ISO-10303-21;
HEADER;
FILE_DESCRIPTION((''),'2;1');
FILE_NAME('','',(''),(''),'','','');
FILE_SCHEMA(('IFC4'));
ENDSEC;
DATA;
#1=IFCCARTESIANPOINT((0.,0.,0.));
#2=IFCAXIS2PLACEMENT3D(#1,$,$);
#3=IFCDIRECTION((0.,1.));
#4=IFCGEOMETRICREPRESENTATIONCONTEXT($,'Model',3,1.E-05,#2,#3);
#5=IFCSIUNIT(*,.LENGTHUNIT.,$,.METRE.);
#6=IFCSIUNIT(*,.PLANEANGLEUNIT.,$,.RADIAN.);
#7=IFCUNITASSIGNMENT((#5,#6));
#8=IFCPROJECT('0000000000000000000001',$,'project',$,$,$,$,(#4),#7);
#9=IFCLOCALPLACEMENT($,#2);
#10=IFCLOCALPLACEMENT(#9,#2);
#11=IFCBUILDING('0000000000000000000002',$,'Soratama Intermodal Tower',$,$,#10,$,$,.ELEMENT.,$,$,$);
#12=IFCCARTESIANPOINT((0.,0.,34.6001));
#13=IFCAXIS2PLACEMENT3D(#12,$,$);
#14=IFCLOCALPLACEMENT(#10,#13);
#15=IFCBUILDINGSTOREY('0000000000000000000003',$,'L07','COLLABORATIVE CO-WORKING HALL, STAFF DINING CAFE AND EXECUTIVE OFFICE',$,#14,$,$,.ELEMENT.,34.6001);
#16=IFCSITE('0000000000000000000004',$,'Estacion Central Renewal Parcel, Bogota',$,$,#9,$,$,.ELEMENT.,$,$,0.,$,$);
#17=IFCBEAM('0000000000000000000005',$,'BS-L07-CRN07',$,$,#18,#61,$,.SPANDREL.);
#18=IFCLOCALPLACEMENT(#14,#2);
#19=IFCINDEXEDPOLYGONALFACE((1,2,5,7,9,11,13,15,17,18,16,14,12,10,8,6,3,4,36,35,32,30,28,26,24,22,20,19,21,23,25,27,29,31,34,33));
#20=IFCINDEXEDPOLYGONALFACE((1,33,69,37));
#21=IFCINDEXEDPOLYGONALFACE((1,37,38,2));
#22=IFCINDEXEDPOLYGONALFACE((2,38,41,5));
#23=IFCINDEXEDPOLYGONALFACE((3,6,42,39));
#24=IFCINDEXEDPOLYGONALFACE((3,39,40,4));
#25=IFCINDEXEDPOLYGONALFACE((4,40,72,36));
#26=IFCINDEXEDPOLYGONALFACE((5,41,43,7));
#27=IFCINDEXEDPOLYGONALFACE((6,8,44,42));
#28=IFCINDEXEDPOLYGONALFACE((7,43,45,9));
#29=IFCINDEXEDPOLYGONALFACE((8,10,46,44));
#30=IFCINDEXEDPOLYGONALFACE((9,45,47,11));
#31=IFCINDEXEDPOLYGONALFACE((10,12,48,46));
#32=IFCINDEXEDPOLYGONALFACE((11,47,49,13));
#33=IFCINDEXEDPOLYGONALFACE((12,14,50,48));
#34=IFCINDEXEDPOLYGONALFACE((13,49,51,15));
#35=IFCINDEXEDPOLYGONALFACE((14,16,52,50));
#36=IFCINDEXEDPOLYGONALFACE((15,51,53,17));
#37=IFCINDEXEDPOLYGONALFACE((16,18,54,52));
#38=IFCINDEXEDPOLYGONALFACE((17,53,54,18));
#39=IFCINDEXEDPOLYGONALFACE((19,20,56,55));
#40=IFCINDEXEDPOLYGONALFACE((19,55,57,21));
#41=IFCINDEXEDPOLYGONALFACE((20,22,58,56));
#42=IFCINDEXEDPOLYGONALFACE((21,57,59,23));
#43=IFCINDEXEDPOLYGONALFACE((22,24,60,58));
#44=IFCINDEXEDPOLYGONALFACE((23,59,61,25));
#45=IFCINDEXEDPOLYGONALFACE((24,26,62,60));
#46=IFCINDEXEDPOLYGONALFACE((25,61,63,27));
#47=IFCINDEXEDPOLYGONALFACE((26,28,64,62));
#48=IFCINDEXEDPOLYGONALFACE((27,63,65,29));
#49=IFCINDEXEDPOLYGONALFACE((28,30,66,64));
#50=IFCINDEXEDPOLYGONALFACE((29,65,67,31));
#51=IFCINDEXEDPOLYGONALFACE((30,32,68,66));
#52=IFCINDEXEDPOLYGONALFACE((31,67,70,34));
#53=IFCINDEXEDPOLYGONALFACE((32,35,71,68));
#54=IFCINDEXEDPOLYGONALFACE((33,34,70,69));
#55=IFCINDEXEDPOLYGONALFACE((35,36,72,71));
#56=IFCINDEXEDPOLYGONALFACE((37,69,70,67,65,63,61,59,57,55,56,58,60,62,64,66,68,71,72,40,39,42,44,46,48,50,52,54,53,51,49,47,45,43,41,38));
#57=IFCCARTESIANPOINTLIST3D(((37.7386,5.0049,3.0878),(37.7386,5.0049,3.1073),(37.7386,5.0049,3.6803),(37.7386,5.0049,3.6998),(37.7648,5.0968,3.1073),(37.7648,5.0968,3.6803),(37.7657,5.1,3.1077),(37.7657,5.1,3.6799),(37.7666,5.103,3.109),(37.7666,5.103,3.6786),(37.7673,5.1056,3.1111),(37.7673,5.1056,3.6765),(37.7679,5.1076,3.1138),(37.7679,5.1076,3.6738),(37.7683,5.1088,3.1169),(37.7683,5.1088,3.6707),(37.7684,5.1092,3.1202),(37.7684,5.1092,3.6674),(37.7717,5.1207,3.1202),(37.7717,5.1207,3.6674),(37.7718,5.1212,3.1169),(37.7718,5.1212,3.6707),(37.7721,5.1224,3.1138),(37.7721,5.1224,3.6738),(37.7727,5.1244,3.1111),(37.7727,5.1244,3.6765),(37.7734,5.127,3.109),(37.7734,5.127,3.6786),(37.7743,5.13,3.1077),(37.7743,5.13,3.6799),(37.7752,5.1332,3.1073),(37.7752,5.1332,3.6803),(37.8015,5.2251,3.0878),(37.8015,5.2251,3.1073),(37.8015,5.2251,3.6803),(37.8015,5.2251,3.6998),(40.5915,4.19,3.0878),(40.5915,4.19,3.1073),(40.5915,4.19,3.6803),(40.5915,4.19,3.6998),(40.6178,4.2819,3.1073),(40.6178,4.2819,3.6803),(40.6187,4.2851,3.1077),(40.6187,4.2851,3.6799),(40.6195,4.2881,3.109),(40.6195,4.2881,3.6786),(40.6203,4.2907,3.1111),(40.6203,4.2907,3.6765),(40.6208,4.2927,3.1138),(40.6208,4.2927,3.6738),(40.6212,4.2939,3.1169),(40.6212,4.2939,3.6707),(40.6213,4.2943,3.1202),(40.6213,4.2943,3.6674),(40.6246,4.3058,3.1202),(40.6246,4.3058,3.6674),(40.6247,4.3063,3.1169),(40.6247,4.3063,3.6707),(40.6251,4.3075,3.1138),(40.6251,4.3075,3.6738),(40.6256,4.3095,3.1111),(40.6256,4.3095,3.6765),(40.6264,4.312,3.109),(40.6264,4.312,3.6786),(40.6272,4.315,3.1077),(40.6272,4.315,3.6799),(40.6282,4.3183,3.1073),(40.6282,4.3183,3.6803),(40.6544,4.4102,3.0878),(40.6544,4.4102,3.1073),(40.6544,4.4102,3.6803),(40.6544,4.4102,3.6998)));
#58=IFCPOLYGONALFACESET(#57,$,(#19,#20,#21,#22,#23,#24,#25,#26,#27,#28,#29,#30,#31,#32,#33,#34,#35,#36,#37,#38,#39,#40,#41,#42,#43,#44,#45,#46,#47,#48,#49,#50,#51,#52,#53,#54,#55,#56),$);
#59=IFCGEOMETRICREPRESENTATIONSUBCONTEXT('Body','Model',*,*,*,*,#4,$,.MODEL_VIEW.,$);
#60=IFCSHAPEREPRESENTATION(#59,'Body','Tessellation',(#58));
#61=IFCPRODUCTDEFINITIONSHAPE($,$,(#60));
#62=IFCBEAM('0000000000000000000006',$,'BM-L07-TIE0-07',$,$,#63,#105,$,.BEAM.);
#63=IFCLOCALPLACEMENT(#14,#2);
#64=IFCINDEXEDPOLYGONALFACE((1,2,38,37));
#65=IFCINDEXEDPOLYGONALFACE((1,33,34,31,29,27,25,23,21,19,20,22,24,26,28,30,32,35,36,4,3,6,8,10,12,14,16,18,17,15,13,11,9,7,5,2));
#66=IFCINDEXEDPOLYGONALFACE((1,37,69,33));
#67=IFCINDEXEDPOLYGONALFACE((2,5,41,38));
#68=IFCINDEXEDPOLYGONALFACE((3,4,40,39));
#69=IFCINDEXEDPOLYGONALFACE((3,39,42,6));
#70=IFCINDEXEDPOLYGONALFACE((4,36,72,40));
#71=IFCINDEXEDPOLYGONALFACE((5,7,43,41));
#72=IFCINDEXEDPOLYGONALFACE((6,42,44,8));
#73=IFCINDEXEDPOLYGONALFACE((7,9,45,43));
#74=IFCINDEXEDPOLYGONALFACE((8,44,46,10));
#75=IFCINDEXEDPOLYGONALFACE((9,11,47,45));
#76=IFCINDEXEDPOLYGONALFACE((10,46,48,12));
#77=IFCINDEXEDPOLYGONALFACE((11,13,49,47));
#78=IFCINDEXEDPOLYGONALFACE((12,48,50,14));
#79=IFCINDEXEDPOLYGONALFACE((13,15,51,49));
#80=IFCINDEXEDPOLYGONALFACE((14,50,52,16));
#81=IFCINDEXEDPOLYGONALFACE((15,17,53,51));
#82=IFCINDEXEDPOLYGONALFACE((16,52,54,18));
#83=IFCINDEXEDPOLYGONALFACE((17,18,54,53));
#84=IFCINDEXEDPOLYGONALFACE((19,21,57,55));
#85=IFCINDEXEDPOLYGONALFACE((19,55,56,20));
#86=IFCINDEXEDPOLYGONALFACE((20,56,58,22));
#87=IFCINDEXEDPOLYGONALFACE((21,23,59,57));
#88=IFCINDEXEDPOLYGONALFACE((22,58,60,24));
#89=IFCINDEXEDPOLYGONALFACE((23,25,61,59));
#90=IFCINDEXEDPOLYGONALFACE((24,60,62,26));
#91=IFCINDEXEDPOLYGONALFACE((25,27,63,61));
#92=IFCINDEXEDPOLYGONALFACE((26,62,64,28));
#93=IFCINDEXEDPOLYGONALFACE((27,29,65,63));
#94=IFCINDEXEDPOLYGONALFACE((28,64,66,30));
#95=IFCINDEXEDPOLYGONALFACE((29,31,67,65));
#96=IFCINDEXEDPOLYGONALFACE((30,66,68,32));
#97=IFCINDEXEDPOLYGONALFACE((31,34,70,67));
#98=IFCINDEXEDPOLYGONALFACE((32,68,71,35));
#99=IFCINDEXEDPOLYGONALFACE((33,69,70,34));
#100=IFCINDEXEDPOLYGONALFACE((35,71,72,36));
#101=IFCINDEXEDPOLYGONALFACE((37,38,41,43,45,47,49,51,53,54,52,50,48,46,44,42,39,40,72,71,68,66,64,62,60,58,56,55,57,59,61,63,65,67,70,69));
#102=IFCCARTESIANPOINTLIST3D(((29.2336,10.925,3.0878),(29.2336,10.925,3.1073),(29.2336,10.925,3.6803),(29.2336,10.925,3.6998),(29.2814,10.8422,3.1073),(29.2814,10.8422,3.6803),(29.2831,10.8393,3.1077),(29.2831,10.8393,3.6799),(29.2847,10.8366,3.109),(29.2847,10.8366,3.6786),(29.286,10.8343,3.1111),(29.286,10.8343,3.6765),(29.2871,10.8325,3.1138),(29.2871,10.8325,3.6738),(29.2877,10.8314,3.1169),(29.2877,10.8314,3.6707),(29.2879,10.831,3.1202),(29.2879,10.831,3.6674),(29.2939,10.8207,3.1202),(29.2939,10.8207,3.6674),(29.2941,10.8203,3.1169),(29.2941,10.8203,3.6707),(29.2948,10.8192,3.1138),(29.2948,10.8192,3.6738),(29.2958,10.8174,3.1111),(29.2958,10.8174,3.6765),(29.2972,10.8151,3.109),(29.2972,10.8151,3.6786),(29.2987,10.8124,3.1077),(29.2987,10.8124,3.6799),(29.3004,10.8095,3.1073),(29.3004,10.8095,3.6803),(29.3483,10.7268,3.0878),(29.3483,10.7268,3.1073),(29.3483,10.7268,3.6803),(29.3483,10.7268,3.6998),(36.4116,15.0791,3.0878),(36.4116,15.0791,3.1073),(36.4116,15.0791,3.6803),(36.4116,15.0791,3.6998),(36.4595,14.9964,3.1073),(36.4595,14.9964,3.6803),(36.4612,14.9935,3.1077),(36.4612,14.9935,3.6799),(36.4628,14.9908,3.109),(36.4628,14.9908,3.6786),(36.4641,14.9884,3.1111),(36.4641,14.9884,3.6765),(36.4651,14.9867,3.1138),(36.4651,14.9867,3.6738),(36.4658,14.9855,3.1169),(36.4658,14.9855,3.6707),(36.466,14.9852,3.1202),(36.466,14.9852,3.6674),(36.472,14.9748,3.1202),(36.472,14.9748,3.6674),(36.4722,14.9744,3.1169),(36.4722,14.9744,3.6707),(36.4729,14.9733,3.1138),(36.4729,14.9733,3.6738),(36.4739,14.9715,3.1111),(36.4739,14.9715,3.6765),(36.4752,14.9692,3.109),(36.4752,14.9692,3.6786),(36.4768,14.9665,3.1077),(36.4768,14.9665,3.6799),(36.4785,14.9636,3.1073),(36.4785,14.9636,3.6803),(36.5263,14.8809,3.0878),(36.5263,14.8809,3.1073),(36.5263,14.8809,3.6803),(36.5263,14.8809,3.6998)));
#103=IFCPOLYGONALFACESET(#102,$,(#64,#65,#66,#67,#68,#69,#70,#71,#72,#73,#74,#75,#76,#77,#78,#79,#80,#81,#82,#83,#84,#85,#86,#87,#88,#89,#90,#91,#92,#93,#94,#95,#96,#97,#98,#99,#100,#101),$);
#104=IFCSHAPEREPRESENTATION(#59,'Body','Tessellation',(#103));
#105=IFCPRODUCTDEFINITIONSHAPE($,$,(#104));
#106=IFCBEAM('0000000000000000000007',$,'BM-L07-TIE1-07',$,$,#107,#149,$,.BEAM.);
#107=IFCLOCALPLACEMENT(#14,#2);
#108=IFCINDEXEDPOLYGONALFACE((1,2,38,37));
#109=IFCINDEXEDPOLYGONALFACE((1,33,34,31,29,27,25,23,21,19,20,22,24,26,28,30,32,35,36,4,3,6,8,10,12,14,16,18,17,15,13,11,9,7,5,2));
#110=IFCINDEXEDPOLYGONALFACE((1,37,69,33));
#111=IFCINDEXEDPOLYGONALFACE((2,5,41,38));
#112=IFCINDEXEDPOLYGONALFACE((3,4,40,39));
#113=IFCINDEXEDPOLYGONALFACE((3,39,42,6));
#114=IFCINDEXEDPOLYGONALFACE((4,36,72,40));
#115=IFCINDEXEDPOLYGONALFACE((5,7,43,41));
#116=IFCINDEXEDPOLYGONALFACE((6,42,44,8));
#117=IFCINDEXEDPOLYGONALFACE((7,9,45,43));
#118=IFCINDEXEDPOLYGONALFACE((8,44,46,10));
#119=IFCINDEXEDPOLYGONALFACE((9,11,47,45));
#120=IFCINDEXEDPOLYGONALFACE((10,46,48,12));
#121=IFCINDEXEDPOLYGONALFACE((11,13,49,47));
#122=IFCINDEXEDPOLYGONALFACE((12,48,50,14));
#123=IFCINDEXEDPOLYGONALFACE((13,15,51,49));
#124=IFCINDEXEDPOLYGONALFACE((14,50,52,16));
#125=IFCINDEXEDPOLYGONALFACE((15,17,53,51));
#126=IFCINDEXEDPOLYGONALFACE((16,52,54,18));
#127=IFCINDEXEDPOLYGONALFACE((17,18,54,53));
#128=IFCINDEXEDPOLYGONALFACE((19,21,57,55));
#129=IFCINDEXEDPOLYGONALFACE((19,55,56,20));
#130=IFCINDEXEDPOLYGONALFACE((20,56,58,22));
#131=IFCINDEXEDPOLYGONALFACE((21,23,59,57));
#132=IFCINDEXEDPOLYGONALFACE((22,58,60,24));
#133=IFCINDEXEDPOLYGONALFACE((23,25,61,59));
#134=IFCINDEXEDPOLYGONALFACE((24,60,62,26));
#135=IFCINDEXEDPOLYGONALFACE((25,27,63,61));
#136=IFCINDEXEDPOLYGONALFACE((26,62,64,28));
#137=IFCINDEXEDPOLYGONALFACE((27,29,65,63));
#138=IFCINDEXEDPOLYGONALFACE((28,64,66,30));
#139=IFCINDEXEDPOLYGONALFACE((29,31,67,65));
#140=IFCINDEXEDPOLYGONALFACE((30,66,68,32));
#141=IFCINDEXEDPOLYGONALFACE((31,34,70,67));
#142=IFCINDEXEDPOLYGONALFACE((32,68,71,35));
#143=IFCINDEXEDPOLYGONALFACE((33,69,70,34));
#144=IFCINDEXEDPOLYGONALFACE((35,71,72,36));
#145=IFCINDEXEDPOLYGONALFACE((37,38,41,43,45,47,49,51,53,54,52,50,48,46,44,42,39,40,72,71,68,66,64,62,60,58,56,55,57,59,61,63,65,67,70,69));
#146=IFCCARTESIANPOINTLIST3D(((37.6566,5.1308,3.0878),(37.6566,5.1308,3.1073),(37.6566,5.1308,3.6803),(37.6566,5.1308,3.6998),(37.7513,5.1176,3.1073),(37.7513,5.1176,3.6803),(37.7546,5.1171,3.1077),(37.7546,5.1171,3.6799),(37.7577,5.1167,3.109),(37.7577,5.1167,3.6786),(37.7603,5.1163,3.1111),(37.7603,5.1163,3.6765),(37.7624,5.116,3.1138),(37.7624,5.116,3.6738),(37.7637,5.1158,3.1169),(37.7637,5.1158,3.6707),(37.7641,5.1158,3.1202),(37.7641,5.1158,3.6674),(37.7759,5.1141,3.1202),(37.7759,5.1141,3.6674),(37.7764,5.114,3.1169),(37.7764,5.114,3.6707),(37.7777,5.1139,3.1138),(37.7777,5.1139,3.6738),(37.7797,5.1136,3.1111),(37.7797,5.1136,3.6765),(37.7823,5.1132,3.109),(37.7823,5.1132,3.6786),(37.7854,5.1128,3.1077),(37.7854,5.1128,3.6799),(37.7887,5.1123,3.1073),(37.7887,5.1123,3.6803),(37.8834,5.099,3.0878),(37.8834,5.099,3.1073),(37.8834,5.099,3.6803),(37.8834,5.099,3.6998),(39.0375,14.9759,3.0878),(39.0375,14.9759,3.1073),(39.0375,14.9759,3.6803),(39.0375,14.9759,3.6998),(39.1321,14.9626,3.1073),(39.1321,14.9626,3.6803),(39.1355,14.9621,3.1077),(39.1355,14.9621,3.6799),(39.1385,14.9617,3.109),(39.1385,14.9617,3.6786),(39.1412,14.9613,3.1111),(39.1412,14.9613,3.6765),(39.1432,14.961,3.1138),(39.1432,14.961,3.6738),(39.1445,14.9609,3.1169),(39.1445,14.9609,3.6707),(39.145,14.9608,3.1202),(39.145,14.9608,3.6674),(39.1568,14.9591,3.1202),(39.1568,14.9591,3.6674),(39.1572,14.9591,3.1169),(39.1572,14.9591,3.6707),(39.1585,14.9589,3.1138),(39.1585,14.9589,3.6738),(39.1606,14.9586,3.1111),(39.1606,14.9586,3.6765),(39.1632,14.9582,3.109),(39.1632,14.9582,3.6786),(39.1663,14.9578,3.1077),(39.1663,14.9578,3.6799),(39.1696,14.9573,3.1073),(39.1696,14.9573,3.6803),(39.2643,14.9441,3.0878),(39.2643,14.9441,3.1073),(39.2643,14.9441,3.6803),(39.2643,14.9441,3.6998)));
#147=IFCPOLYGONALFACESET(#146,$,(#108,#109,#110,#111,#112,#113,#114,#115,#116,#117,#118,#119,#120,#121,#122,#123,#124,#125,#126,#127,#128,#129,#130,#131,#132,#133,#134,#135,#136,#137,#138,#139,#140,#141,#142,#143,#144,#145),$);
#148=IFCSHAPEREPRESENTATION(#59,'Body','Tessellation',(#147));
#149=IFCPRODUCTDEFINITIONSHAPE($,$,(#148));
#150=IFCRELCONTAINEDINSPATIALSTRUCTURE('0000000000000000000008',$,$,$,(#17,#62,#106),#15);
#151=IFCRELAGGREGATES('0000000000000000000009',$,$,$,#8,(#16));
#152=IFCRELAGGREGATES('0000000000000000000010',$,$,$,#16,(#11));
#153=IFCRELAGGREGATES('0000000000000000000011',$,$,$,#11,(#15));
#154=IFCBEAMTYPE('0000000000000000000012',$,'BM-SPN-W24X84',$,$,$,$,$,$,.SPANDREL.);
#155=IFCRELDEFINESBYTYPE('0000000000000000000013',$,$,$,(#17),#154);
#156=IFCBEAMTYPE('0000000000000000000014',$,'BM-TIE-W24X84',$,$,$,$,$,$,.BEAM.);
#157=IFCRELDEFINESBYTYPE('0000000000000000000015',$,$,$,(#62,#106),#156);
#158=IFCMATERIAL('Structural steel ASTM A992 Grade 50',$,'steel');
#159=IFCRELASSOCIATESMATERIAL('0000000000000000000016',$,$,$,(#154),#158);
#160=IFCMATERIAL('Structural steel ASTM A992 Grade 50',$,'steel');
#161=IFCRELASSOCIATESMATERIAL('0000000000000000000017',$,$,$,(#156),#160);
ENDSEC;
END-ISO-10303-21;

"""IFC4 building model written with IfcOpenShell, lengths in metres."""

from ifc_helpers import new_model, si_unit, direction, frame, origin, origin_2d, place, context, subcontext, project, spatial, i_section, extrude, material, material_profile, profile_set, type_object, element, save


model = new_model("IFC4")

# Units and contexts
model_context = context("Model", 3, precision=1e-05, world=origin(), true_north=direction((0.0, 1.0)))
body_context = subcontext(model_context, "Body", "Model", "MODEL_VIEW")
ifc_project = project(units=[si_unit("LENGTHUNIT", "METRE"), si_unit("PLANEANGLEUNIT", "RADIAN")], contexts=[model_context])

# Site, building, storey
site_placement = place(None, origin())
site = spatial("IfcSite", under=ifc_project, at=site_placement, Name="Estacion Central Renewal Parcel, Bogota", CompositionType="ELEMENT", RefElevation=0.0)
building_placement = place(site_placement, origin())
building = spatial("IfcBuilding", under=site, at=building_placement, Name="Soratama Intermodal Tower", CompositionType="ELEMENT")
storey_placement = place(building_placement, frame((0.0, 0.0, 34.6001)))
storey = spatial("IfcBuildingStorey", under=building, at=storey_placement, Name="L07", Description="COLLABORATIVE CO-WORKING HALL, STAFF DINING CAFE AND EXECUTIVE OFFICE", CompositionType="ELEMENT", Elevation=34.6001)

# Beams
ifc_material_1 = material(Name="Structural steel ASTM A992 Grade 50", Category="steel")
ifc_material_profile_1 = material_profile(ifc_material_1, i_section(OverallWidth=0.229, OverallDepth=0.6121, WebThickness=0.012, FlangeThickness=0.0195, FilletRadius=0.0129, at=origin_2d()), Name="W24X84")
ifc_profile_set_1 = profile_set([ifc_material_profile_1], Name="Structural steel ASTM A992 Grade 50")
beam_type_1 = type_object("IfcBeamType", Name="BM-SPN-W24X84", PredefinedType="SPANDREL", material=ifc_profile_set_1)
beam_1_placement = place(storey_placement, frame((37.77, 5.115, 3.3938), z_axis=(0.961543, -0.274656, 0.0), x_axis=(0.274656, 0.961543, 0.0)))
element("IfcBeam", 1, at=beam_1_placement, inside=storey, type_object=beam_type_1, Name="BS-L07-CRN07", PredefinedType="SPANDREL", context=body_context, shape_type="SweptSolid", body=[
    extrude(i_section(OverallWidth=0.229, OverallDepth=0.6121, WebThickness=0.012, FlangeThickness=0.0195, FilletRadius=0.0129, at=origin_2d()), origin(), (0.0, 0.0, 1.0), 2.967),
])
ifc_material_2 = material(Name="Structural steel ASTM A992 Grade 50", Category="steel")
ifc_material_profile_2 = material_profile(ifc_material_2, i_section(OverallWidth=0.229, OverallDepth=0.6121, WebThickness=0.012, FlangeThickness=0.0195, FilletRadius=0.0129, at=origin_2d()), Name="W24X84")
ifc_profile_set_2 = profile_set([ifc_material_profile_2], Name="Structural steel ASTM A992 Grade 50")
beam_type_2 = type_object("IfcBeamType", Name="BM-TIE-W24X84", PredefinedType="BEAM", material=ifc_profile_set_2)
beam_2_placement = place(storey_placement, frame((36.469, 14.98, 3.3938), z_axis=(-0.865511, -0.50089, 0.0), x_axis=(0.50089, -0.865511, 0.0)))
element("IfcBeam", 2, at=beam_2_placement, inside=storey, type_object=beam_type_2, Name="BM-L07-TIE0-07", PredefinedType="BEAM", context=body_context, shape_type="SweptSolid", body=[
    extrude(i_section(OverallWidth=0.229, OverallDepth=0.6121, WebThickness=0.012, FlangeThickness=0.0195, FilletRadius=0.0129, at=origin_2d()), origin(), (0.0, 0.0, 1.0), 8.2935),
])
beam_3_placement = place(storey_placement, frame((39.1509, 14.96, 3.3938), z_axis=(-0.138901, -0.990306, 0.0), x_axis=(0.990306, -0.138901, 0.0)))
element("IfcBeam", 3, at=beam_3_placement, inside=storey, type_object=beam_type_2, Name="BM-L07-TIE1-07", PredefinedType="BEAM", context=body_context, shape_type="SweptSolid", body=[
    extrude(i_section(OverallWidth=0.229, OverallDepth=0.6121, WebThickness=0.012, FlangeThickness=0.0195, FilletRadius=0.0129, at=origin_2d()), origin(), (0.0, 0.0, 1.0), 9.9414),
])

save(model, "model.ifc")
